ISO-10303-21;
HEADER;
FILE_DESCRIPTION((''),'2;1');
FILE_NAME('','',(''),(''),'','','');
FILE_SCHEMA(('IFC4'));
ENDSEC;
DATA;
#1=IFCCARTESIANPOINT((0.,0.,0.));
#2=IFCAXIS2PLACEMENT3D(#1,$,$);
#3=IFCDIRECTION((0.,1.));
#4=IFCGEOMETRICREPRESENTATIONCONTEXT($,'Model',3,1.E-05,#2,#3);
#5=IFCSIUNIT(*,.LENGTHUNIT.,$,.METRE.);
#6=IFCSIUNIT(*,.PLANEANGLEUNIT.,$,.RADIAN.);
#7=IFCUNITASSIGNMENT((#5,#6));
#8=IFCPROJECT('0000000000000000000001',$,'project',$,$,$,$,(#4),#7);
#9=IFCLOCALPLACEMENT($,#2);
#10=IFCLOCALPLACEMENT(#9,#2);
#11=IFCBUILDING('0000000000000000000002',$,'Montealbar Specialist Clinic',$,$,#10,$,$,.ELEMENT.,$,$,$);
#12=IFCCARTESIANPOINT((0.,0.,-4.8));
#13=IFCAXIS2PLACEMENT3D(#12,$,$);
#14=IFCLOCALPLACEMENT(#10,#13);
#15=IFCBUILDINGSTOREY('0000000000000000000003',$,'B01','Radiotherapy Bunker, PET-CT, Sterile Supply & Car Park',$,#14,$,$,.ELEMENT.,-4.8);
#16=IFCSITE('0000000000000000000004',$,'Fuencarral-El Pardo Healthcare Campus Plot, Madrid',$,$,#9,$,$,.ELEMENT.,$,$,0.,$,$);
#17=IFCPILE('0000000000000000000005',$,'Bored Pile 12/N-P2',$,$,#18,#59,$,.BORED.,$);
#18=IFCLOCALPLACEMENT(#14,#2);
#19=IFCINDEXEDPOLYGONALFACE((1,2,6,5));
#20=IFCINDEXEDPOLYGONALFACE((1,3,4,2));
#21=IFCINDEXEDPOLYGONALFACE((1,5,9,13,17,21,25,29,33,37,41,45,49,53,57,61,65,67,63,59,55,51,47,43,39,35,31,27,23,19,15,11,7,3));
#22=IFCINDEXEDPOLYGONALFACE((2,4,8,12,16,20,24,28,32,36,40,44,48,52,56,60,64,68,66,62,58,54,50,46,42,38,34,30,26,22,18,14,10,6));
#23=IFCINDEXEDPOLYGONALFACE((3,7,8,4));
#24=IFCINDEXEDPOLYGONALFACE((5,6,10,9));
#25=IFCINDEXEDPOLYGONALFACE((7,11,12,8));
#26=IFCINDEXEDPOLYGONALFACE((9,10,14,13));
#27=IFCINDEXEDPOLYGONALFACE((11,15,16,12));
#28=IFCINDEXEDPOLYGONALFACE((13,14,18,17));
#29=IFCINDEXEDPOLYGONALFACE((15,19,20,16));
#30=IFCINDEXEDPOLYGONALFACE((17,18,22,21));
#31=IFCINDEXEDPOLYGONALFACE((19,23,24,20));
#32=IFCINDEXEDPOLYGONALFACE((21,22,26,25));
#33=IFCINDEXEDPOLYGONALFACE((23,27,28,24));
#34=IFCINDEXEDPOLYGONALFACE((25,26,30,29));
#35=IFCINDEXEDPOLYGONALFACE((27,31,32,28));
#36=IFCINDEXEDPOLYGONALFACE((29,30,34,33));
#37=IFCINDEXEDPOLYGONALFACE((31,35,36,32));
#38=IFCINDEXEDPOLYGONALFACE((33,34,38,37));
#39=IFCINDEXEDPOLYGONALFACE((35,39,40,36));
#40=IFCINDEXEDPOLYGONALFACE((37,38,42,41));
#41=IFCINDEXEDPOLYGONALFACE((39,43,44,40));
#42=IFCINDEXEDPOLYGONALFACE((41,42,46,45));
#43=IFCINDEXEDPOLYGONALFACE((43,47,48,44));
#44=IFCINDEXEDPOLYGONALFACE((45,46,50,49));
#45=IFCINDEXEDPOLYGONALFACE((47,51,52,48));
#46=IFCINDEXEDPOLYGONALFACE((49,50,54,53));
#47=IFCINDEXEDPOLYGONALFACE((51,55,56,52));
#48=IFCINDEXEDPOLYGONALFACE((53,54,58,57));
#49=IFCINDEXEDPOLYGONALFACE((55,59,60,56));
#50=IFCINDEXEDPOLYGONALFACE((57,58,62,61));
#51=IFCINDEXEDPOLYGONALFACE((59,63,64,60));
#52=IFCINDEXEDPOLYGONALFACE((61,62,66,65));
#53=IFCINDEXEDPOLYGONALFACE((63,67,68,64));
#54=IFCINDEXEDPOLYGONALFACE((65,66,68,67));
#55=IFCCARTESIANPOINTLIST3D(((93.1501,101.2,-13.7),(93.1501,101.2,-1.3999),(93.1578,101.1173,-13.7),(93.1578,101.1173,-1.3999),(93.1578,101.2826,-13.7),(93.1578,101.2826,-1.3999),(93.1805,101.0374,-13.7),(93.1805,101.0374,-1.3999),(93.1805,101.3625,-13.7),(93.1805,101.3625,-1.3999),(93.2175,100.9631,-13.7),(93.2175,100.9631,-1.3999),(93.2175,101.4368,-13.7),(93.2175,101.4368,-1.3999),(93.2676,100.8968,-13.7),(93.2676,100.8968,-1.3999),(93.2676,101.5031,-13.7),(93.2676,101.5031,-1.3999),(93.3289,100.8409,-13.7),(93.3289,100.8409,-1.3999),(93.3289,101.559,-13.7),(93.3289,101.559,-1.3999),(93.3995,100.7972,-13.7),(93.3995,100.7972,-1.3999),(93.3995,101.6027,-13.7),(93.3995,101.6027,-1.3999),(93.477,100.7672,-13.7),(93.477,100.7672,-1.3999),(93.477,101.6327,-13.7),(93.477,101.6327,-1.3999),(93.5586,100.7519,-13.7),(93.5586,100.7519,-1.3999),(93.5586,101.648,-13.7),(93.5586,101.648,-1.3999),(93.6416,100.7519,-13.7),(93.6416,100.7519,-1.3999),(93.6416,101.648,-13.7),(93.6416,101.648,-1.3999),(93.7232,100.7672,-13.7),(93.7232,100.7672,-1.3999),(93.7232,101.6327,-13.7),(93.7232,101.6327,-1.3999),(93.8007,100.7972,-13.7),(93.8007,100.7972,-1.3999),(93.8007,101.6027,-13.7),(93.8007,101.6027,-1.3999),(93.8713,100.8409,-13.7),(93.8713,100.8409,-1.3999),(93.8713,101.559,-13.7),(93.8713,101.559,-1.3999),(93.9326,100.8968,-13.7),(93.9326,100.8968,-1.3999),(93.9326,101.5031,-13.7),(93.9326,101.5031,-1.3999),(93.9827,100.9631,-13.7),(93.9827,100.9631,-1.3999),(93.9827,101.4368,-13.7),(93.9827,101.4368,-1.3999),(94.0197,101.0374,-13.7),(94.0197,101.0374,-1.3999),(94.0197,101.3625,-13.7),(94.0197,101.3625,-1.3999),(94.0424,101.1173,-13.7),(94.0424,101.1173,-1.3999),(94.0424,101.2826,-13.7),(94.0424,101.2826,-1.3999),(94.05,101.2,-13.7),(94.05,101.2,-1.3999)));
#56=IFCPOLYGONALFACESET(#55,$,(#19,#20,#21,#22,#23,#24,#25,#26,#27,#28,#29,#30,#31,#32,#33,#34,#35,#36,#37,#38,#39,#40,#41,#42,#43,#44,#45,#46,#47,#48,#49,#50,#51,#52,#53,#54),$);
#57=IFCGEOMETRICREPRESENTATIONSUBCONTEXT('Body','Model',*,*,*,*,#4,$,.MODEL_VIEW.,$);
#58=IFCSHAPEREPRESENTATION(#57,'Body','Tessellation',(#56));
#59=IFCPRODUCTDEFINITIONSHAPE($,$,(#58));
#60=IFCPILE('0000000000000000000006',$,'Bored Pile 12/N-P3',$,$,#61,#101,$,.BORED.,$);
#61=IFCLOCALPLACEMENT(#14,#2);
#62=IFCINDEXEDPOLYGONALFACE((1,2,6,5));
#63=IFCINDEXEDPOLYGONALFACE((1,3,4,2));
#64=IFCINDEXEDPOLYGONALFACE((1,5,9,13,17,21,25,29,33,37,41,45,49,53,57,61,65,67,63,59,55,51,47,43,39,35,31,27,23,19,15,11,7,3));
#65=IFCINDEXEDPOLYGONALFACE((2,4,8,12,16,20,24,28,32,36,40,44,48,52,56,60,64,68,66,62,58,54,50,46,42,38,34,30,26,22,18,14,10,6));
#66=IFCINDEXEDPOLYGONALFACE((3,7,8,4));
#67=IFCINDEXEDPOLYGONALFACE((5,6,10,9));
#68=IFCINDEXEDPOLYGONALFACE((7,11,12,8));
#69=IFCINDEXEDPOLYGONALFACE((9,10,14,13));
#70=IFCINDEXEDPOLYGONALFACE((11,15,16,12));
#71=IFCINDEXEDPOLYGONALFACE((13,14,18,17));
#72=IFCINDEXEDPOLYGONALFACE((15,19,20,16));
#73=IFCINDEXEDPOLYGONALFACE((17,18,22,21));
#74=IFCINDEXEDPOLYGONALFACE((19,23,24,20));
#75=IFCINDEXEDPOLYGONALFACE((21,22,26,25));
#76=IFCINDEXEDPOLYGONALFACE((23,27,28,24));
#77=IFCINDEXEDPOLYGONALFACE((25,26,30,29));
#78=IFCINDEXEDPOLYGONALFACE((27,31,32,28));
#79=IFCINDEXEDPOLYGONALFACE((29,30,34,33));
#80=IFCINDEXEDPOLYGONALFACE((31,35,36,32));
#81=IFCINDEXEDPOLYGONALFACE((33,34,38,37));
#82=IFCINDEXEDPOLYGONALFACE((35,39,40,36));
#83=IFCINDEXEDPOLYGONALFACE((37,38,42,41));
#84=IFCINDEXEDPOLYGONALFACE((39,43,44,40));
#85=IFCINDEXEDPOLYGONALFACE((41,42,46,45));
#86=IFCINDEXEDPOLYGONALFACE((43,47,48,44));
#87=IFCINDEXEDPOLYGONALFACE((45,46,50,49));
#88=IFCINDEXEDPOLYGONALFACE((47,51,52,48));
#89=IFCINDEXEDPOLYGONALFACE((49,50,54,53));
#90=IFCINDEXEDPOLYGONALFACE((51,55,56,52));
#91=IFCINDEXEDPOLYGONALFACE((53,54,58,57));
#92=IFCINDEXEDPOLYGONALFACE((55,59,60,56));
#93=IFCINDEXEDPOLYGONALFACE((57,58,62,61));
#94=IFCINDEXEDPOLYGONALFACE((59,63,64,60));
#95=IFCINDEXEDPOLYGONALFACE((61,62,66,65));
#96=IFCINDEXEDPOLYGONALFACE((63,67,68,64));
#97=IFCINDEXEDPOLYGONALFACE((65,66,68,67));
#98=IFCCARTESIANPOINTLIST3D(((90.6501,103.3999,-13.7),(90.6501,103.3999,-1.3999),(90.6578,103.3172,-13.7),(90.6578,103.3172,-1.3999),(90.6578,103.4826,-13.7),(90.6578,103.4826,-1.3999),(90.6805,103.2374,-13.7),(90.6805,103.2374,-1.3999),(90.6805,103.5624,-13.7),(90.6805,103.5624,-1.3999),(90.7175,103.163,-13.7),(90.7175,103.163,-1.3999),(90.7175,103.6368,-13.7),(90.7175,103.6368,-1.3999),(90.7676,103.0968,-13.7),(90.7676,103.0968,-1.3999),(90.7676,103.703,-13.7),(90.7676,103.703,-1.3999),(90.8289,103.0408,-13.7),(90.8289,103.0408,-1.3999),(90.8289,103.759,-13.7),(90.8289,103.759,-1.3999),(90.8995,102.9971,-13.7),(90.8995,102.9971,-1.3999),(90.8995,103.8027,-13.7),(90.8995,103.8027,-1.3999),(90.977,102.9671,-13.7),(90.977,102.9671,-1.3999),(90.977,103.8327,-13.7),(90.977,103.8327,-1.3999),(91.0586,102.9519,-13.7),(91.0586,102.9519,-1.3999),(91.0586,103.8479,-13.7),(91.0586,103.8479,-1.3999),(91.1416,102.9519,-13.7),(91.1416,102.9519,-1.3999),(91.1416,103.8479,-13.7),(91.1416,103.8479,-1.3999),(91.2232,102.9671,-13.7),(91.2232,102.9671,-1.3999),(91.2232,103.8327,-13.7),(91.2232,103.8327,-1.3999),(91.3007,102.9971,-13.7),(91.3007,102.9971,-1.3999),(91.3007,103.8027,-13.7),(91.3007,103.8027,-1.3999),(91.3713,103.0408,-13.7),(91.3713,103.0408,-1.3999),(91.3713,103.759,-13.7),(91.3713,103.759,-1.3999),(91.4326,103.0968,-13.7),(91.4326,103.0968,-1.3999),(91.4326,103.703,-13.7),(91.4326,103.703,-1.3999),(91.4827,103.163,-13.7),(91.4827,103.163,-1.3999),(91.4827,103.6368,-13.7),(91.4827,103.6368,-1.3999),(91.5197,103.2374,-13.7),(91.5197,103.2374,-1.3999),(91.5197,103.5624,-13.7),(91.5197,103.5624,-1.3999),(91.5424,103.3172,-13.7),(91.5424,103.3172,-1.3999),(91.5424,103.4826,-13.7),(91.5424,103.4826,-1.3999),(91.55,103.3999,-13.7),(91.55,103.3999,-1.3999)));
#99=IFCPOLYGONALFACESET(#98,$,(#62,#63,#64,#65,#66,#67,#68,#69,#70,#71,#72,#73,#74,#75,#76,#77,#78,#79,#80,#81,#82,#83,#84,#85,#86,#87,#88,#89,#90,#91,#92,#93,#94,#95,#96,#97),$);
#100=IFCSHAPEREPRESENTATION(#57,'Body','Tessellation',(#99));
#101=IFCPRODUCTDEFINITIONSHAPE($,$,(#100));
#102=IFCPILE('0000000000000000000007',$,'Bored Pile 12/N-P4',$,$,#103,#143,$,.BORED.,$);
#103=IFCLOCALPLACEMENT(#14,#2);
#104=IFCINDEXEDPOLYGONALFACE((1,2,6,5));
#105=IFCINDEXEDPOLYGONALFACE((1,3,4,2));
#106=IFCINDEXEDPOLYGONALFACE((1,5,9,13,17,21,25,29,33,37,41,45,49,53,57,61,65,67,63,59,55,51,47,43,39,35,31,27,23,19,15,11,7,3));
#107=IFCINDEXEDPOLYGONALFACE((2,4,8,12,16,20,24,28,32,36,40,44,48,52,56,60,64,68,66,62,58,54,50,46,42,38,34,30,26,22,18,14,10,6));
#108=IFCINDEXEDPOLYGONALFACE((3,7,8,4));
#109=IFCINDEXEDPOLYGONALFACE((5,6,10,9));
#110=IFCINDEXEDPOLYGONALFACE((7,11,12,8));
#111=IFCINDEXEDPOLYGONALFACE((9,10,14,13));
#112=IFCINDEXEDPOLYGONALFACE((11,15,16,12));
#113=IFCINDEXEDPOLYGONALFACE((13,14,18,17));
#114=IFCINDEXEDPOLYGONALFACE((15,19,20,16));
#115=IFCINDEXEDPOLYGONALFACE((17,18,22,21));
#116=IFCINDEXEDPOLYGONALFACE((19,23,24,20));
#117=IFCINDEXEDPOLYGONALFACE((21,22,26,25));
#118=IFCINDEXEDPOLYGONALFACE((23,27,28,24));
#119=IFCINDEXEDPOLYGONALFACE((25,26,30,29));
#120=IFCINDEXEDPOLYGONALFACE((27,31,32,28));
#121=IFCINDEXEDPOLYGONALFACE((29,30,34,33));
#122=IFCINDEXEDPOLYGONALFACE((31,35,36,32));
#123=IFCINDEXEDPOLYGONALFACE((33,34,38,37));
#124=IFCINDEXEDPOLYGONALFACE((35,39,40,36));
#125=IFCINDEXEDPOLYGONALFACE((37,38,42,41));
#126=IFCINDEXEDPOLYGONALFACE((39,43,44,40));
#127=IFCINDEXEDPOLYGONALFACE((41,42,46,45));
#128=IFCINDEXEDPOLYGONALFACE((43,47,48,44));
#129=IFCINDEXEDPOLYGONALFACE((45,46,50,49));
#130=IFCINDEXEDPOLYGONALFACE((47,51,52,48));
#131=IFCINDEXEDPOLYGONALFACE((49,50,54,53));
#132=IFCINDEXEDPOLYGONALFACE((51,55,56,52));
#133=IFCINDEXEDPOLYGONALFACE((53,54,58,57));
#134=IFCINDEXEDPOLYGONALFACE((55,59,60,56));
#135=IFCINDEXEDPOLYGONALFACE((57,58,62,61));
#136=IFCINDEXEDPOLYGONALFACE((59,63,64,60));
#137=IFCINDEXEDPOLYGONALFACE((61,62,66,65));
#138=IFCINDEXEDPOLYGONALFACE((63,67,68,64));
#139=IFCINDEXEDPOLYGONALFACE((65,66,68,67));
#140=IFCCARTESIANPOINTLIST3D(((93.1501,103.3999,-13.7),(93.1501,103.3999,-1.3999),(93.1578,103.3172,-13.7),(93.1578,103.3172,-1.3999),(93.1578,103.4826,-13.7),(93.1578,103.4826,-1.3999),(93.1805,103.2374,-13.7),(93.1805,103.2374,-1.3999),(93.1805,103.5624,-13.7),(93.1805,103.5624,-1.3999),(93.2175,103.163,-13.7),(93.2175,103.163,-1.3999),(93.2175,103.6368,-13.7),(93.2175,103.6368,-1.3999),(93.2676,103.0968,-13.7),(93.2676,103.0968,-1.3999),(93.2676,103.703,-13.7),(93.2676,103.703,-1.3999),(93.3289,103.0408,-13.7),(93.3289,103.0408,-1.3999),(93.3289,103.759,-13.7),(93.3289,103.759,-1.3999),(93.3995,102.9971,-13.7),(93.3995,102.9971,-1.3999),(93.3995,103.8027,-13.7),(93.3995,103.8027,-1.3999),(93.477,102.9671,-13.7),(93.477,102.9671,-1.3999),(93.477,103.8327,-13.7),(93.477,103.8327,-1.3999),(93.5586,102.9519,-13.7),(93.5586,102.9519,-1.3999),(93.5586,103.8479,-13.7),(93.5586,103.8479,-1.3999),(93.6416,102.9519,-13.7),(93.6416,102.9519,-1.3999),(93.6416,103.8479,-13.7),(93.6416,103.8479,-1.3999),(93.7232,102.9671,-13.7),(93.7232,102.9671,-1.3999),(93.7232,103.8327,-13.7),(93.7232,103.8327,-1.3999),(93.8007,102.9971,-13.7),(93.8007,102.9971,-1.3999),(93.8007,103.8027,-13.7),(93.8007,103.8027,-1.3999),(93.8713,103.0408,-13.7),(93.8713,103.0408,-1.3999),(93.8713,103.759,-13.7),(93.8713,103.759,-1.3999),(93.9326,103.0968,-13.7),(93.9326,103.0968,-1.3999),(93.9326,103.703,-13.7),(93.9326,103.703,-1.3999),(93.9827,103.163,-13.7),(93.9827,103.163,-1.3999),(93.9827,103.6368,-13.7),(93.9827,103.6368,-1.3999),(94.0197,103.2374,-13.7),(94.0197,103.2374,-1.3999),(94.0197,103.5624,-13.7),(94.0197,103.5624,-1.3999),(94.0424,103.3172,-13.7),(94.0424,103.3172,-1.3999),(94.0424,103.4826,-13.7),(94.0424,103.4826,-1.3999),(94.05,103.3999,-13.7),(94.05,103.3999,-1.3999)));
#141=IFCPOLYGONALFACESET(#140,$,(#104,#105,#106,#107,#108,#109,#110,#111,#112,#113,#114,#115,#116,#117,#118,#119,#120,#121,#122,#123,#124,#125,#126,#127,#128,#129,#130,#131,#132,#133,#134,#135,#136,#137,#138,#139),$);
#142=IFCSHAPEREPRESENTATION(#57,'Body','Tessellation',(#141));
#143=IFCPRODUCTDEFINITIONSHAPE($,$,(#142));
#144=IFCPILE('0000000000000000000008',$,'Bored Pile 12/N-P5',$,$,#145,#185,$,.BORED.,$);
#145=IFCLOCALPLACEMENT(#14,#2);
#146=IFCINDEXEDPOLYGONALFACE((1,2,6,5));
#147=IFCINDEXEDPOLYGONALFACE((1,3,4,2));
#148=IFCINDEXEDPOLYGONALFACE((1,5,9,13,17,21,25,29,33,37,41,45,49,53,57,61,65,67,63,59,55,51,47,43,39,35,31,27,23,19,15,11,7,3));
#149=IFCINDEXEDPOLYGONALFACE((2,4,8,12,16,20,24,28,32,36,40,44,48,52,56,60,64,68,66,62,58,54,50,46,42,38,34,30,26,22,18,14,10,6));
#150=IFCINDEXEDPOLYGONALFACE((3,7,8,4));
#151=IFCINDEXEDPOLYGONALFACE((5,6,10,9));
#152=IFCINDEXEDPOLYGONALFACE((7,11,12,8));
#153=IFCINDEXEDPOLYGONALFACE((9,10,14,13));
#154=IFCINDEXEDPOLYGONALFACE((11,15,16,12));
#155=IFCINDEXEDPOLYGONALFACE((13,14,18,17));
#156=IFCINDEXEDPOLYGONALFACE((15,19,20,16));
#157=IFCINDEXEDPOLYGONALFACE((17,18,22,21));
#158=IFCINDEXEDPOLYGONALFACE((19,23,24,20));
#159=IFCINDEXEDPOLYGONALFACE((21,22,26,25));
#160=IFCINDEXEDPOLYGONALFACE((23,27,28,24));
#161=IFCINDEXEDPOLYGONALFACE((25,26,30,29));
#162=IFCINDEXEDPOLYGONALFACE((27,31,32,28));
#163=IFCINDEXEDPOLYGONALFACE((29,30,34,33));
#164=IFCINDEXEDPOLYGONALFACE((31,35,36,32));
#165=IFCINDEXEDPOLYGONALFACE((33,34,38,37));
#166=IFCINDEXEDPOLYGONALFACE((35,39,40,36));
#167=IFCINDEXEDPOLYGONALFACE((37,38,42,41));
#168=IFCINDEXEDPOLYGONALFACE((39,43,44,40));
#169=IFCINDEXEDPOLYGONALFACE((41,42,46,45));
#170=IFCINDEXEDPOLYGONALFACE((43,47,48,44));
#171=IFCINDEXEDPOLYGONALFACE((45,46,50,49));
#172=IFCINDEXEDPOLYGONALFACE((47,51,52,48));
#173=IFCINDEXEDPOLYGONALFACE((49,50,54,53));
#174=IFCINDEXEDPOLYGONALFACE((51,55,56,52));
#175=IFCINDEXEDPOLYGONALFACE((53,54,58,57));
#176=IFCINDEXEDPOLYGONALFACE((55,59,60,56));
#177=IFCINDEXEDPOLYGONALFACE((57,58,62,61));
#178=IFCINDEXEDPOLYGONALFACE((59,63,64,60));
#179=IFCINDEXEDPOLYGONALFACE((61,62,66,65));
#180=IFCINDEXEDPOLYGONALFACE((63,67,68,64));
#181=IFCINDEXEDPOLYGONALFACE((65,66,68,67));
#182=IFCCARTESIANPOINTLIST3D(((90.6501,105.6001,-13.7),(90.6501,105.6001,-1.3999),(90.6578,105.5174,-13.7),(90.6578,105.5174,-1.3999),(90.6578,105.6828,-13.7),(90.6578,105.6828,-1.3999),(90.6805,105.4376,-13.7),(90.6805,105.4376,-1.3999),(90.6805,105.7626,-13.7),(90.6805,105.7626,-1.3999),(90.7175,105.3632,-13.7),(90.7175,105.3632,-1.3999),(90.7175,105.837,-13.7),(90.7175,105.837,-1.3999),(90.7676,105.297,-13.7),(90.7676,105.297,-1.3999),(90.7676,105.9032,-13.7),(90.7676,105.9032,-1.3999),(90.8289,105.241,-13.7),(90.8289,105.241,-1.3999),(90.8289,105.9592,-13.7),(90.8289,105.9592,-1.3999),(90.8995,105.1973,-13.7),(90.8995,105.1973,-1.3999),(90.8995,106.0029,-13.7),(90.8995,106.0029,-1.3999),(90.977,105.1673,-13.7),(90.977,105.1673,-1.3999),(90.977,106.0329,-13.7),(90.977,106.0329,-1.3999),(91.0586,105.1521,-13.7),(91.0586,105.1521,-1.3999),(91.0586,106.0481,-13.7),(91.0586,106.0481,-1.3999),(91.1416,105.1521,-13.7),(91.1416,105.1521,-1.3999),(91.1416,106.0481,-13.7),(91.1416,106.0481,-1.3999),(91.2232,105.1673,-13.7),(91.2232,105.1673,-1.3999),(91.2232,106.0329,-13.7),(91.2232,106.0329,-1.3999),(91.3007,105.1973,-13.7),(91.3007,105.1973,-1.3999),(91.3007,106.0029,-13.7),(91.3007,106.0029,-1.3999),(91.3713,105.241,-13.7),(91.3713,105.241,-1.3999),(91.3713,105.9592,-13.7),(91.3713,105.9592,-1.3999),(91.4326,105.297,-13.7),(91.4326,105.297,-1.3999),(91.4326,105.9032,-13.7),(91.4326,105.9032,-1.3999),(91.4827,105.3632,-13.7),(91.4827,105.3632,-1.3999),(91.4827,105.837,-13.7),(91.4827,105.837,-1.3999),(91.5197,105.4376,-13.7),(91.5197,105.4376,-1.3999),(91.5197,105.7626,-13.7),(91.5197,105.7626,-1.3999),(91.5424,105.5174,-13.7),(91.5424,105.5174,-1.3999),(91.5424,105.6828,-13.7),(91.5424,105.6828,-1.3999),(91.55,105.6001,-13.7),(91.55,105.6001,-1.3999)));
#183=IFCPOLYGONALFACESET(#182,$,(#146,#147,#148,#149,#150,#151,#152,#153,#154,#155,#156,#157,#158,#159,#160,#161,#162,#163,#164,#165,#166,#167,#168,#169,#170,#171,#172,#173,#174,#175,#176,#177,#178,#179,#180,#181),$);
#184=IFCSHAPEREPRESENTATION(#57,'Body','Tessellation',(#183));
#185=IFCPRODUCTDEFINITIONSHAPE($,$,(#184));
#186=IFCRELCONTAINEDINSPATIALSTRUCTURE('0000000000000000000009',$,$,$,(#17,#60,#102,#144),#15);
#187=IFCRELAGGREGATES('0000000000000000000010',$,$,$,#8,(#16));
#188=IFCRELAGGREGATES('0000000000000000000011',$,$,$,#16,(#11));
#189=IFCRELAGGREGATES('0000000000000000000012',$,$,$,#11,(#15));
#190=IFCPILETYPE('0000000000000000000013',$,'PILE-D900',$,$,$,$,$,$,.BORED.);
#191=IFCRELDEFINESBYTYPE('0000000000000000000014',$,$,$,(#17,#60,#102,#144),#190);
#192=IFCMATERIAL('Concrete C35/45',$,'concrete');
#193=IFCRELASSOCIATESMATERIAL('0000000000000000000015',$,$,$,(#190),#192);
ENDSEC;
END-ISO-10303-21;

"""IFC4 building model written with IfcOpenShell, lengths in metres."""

from ifc_helpers import new_model, si_unit, direction, frame, origin, origin_2d, place, context, subcontext, project, spatial, circle, extrude, material, material_profile, profile_set, type_object, element, save


model = new_model("IFC4")

# Units and contexts
model_context = context("Model", 3, precision=1e-05, world=origin(), true_north=direction((0.0, 1.0)))
body_context = subcontext(model_context, "Body", "Model", "MODEL_VIEW")
ifc_project = project(units=[si_unit("LENGTHUNIT", "METRE"), si_unit("PLANEANGLEUNIT", "RADIAN")], contexts=[model_context])

# Site, building, storey
site_placement = place(None, origin())
site = spatial("IfcSite", under=ifc_project, at=site_placement, Name="Fuencarral-El Pardo Healthcare Campus Plot, Madrid", CompositionType="ELEMENT", RefElevation=0.0)
building_placement = place(site_placement, origin())
building = spatial("IfcBuilding", under=site, at=building_placement, Name="Montealbar Specialist Clinic", CompositionType="ELEMENT")
storey_placement = place(building_placement, frame((0.0, 0.0, -4.8)))
storey = spatial("IfcBuildingStorey", under=building, at=storey_placement, Name="B01", Description="Radiotherapy Bunker, PET-CT, Sterile Supply & Car Park", CompositionType="ELEMENT", Elevation=-4.8)

# Shared definitions
ifc_material_1 = material(Name="Concrete C35/45", Category="concrete")

# Piles
ifc_material_profile_1 = material_profile(ifc_material_1, circle(Radius=0.45, at=origin_2d()), Name="PILE D900", Category="concrete")
ifc_profile_set_1 = profile_set([ifc_material_profile_1], Name="Concrete C35/45")
pile_type_1 = type_object("IfcPileType", Name="PILE-D900", PredefinedType="BORED", material=ifc_profile_set_1)
for number, where, z_axis, x_axis, name in (
    (1, (93.6001, 101.2, -1.3999), (0.0, 0.0, -1.0), (1.0, 0.0, 0.0), "Bored Pile 12/N-P2"),
    (2, (91.1001, 103.3999, -1.3999), (0.0, 0.0, -1.0), (1.0, 0.0, 0.0), "Bored Pile 12/N-P3"),
    (3, (93.6001, 103.3999, -1.3999), (0.0, 0.0, -1.0), (1.0, 0.0, 0.0), "Bored Pile 12/N-P4"),
    (4, (91.1001, 105.6001, -1.3999), (0.0, 0.0, -1.0), (1.0, 0.0, 0.0), "Bored Pile 12/N-P5"),
):
    element("IfcPile", number, at=place(storey_placement, frame(where, z_axis=z_axis, x_axis=x_axis)), inside=storey, type_object=pile_type_1, Name=name, PredefinedType="BORED", context=body_context, shape_type="SweptSolid", body=[
        extrude(circle(Radius=0.45, at=origin_2d()), origin(), (0.0, 0.0, 1.0), 12.3),
    ])

save(model, "model.ifc")
